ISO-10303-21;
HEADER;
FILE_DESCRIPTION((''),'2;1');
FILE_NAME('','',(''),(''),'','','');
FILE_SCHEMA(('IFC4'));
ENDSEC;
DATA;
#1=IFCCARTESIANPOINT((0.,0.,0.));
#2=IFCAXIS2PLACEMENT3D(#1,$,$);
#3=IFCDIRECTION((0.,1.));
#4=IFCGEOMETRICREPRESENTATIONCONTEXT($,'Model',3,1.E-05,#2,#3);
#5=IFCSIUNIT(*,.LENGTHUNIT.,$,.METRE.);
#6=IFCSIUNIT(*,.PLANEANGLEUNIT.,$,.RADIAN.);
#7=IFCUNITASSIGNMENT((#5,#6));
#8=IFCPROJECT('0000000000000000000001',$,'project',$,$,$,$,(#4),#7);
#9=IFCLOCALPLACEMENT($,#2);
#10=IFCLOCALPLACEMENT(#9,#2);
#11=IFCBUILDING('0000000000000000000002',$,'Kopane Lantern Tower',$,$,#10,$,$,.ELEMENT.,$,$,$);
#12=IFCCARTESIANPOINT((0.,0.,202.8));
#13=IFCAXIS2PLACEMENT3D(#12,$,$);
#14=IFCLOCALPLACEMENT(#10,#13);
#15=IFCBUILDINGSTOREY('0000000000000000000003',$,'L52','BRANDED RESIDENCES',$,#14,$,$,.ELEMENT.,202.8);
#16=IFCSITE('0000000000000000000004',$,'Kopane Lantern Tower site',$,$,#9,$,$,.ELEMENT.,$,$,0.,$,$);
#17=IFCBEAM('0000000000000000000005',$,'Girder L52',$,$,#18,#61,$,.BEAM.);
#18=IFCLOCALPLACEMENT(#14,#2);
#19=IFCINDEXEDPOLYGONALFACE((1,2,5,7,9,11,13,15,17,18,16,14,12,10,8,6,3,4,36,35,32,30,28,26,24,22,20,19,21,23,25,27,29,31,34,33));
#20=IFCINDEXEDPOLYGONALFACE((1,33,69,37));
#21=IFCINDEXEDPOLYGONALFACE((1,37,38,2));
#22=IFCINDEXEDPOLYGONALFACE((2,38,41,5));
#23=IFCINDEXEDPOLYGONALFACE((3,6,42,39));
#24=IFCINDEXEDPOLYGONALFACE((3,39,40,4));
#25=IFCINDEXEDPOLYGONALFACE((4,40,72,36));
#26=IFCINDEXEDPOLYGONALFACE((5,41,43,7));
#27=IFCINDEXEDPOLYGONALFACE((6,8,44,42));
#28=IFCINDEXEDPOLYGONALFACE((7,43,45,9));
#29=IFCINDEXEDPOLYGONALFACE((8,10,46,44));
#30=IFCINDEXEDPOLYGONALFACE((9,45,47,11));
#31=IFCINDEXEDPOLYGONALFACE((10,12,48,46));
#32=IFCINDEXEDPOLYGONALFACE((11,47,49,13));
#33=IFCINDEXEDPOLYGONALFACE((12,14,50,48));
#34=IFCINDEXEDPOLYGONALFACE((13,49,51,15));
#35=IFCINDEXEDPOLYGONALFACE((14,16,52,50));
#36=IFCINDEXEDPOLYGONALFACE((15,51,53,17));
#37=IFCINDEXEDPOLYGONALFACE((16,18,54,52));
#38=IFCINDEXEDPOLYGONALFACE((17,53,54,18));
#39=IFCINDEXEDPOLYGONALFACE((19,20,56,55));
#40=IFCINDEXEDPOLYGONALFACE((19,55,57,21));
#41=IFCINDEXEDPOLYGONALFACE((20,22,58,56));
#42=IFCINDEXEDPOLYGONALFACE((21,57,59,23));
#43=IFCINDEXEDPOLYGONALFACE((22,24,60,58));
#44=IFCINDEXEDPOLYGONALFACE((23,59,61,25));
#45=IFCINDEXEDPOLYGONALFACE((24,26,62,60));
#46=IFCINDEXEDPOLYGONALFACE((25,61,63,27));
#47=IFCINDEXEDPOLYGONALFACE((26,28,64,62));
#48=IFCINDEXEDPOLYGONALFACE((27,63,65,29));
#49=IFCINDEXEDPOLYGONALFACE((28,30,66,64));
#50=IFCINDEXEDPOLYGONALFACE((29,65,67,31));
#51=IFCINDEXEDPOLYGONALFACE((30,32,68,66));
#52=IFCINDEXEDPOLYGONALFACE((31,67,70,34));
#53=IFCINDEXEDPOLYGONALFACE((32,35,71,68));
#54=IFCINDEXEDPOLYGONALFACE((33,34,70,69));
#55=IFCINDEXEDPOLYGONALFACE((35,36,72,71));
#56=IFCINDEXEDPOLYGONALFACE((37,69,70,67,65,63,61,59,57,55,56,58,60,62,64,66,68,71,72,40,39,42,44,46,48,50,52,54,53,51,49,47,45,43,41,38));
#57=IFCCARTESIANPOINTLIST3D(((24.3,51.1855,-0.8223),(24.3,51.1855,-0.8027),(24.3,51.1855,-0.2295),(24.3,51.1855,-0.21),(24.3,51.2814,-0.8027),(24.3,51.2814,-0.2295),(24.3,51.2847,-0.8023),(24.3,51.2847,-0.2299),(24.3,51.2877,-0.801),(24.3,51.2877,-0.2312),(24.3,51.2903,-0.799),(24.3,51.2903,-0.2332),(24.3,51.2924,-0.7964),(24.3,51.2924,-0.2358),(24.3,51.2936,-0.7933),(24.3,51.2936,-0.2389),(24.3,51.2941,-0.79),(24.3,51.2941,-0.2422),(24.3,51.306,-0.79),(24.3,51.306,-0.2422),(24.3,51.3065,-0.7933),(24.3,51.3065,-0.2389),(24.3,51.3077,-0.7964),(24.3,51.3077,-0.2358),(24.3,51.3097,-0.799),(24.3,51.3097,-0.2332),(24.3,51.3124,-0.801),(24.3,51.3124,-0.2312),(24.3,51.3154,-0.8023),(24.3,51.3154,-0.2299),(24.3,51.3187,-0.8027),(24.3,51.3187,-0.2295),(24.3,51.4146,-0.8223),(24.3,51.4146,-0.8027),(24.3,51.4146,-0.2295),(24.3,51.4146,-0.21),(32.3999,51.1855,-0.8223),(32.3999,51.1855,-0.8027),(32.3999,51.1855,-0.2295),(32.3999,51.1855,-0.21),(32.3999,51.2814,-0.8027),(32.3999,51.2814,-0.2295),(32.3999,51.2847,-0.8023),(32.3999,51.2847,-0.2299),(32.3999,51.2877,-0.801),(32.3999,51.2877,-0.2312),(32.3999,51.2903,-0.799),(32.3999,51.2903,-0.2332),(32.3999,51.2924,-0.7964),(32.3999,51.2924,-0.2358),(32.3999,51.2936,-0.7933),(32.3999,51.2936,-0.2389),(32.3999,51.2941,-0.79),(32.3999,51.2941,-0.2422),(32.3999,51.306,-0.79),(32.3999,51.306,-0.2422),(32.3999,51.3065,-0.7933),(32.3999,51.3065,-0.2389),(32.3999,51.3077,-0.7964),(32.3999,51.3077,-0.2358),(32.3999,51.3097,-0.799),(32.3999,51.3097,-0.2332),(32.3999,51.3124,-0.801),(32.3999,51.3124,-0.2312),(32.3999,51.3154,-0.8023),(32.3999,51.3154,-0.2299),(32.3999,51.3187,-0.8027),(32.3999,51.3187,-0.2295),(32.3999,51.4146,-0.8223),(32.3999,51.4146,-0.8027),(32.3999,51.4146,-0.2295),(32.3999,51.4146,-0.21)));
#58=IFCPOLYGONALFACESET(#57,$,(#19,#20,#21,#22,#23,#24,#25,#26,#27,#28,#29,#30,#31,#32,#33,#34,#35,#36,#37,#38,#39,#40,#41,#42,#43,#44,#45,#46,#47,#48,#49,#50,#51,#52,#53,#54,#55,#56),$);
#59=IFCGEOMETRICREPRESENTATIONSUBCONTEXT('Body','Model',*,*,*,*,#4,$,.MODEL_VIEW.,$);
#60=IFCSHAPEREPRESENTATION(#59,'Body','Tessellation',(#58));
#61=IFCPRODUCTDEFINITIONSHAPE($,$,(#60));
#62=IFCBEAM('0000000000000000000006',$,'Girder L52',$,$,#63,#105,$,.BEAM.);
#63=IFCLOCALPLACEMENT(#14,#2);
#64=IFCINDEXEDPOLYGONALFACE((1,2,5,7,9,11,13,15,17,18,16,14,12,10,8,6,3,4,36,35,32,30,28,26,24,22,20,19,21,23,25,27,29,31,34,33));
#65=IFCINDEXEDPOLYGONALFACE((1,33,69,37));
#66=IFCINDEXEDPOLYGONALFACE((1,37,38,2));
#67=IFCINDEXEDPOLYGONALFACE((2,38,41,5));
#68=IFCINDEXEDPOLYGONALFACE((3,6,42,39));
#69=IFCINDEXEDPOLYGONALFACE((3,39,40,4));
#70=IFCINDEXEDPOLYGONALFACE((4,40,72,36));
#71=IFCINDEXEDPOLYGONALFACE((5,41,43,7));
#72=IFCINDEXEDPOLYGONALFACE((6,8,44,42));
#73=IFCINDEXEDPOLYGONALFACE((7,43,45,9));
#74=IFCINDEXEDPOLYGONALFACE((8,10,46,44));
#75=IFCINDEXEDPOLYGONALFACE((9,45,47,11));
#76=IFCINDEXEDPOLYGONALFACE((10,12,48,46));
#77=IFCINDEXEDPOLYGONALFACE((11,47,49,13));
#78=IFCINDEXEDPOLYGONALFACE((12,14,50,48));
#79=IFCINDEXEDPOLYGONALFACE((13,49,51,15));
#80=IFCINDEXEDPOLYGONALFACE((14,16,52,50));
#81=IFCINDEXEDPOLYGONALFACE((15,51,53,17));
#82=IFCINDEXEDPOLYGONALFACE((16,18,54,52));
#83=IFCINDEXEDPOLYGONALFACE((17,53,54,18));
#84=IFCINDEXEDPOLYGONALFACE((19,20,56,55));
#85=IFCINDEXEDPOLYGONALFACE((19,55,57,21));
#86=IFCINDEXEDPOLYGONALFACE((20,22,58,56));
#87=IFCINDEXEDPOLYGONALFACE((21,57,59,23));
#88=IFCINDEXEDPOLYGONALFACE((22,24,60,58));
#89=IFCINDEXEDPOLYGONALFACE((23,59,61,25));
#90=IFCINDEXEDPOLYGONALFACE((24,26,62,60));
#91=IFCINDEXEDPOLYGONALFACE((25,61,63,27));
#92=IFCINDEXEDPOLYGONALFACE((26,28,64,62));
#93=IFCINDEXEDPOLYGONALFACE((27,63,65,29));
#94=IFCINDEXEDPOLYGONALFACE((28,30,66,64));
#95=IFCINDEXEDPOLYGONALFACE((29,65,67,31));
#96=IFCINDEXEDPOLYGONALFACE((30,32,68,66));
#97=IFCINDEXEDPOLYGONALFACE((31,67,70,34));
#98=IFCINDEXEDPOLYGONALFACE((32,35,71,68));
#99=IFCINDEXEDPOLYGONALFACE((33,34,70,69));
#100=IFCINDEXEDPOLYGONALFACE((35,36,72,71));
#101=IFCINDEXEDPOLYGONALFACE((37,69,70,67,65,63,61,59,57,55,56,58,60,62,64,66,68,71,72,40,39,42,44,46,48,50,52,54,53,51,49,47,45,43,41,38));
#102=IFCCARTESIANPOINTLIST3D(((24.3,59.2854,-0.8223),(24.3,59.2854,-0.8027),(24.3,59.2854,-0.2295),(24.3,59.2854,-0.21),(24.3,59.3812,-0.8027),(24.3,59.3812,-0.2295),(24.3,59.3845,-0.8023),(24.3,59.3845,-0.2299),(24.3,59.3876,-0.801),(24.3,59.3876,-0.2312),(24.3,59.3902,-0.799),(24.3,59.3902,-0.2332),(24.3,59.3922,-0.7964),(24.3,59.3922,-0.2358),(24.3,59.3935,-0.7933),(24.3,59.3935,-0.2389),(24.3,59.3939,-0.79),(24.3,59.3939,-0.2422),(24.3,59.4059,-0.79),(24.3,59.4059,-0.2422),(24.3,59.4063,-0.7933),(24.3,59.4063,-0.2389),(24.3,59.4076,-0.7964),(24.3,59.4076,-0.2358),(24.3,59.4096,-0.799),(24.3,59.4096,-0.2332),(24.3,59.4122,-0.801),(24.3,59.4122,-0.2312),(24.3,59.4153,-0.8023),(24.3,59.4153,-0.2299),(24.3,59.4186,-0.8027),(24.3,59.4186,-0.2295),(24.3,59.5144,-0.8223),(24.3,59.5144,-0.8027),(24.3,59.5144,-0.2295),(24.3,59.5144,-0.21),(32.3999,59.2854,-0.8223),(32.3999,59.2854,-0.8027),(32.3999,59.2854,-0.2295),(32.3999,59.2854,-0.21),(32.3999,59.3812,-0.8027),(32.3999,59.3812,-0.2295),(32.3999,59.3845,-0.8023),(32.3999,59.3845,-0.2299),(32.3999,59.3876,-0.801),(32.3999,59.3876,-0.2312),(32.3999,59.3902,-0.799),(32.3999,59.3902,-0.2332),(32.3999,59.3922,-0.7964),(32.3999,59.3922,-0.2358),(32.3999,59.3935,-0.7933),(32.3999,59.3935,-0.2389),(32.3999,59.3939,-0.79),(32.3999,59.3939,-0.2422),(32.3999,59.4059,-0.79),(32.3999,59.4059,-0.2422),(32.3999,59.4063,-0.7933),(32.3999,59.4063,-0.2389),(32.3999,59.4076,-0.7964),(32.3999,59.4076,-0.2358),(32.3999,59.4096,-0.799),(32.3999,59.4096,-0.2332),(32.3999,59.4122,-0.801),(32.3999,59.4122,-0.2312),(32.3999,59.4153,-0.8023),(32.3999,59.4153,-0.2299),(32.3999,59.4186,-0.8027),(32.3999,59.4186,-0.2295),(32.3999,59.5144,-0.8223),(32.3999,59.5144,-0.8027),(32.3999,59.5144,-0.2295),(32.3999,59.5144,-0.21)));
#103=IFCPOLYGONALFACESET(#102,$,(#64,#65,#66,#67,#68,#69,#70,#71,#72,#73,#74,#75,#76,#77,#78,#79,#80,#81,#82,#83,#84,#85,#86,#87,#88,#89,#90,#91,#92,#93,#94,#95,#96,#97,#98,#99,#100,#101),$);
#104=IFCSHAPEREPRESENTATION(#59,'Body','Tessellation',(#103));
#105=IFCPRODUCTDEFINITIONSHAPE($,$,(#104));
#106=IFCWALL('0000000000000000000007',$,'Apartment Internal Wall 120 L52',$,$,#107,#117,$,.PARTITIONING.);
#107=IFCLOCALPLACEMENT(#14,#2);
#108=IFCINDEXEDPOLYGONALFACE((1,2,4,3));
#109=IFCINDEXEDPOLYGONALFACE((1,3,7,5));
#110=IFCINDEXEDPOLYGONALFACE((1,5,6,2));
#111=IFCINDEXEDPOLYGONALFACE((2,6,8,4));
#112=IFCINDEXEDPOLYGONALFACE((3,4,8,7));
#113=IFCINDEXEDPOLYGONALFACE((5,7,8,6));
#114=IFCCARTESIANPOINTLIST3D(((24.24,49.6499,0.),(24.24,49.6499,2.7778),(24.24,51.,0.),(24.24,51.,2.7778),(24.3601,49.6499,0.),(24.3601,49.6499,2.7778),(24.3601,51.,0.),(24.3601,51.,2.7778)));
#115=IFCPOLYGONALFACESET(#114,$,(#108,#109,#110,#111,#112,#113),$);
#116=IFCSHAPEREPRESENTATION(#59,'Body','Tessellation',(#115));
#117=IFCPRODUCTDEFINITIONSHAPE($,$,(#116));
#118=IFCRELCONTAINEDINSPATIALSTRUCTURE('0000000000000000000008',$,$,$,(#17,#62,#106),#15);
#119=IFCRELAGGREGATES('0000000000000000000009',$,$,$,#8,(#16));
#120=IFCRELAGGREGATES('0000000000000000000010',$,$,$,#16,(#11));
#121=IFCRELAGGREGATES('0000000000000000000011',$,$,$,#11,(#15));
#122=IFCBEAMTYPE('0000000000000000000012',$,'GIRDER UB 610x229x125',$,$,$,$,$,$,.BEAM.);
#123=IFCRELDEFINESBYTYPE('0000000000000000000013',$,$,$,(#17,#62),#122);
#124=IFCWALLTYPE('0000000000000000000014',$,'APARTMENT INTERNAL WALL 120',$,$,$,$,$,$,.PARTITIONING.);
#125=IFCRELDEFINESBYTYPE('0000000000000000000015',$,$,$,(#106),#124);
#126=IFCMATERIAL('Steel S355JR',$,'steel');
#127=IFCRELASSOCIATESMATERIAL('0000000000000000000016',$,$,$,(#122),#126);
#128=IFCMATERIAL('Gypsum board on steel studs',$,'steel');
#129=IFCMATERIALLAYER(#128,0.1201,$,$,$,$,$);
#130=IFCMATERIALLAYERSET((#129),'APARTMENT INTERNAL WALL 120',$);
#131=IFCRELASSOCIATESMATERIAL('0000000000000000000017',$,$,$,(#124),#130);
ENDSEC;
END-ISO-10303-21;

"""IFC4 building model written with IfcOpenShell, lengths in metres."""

from ifc_helpers import new_model, si_unit, direction, frame, frame_2d, origin, origin_2d, place, context, subcontext, project, spatial, rectangle, i_section, extrude, material, layer, layer_set, material_profile, profile_set, type_object, element, save


model = new_model("IFC4")

# Units and contexts
model_context = context("Model", 3, precision=1e-05, world=origin(), true_north=direction((0.0, 1.0)))
body_context = subcontext(model_context, "Body", "Model", "MODEL_VIEW")
ifc_project = project(units=[si_unit("LENGTHUNIT", "METRE"), si_unit("PLANEANGLEUNIT", "RADIAN")], contexts=[model_context])

# Site, building, storey
site_placement = place(None, origin())
site = spatial("IfcSite", under=ifc_project, at=site_placement, Name="Kopane Lantern Tower site", CompositionType="ELEMENT", RefElevation=0.0)
building_placement = place(site_placement, origin())
building = spatial("IfcBuilding", under=site, at=building_placement, Name="Kopane Lantern Tower", CompositionType="ELEMENT")
storey_placement = place(building_placement, frame((0.0, 0.0, 202.8)))
storey = spatial("IfcBuildingStorey", under=building, at=storey_placement, Name="L52", Description="BRANDED RESIDENCES", CompositionType="ELEMENT", Elevation=202.8)

# Beams
ifc_material_1 = material(Name="Steel S355JR", Category="steel")
ifc_material_profile_1 = material_profile(ifc_material_1, i_section(OverallWidth=0.229, OverallDepth=0.6123, WebThickness=0.012, FlangeThickness=0.0195, FilletRadius=0.0127, at=origin_2d()), Name="UB 610x229x125")
ifc_profile_set_1 = profile_set([ifc_material_profile_1], Name="Steel S355JR")
beam_type = type_object("IfcBeamType", Name="GIRDER UB 610x229x125", PredefinedType="BEAM", material=ifc_profile_set_1)
for number, where, z_axis, x_axis, name in (
    (1, (24.3, 51.3, -0.5161), (1.0, 0.0, 0.0), (0.0, 1.0, 0.0), "Girder L52"),
    (2, (24.3, 59.3999, -0.5161), (1.0, 0.0, 0.0), (0.0, 1.0, 0.0), "Girder L52"),
):
    element("IfcBeam", number, at=place(storey_placement, frame(where, z_axis=z_axis, x_axis=x_axis)), inside=storey, type_object=beam_type, Name=name, PredefinedType="BEAM", context=body_context, shape_type="SweptSolid", body=[
        extrude(i_section(OverallWidth=0.229, OverallDepth=0.6123, WebThickness=0.012, FlangeThickness=0.0195, FilletRadius=0.0127, at=origin_2d()), origin(), (0.0, 0.0, 1.0), 8.0999),
    ])

# Wall
ifc_material_2 = material(Name="Gypsum board on steel studs", Category="steel")
ifc_layer_1 = layer(ifc_material_2, 0.1201)
ifc_layer_set_1 = layer_set([ifc_layer_1], Name="APARTMENT INTERNAL WALL 120")
wall_type_1 = type_object("IfcWallType", Name="APARTMENT INTERNAL WALL 120", PredefinedType="PARTITIONING", material=ifc_layer_set_1)
wall_1_placement = place(storey_placement, frame((24.3, 49.6499, 0.0), z_axis=(0.0, 0.0, 1.0), x_axis=(0.0, 1.0, 0.0)))
element("IfcWall", 3, at=wall_1_placement, inside=storey, type_object=wall_type_1, Name="Apartment Internal Wall 120 L52", PredefinedType="PARTITIONING", context=body_context, shape_type="SweptSolid", body=[
    extrude(rectangle(XDim=1.3501, YDim=0.1201, at=frame_2d((0.675, 0.0))), origin(), (0.0, 0.0, 1.0), 2.7778),
])

save(model, "model.ifc")
